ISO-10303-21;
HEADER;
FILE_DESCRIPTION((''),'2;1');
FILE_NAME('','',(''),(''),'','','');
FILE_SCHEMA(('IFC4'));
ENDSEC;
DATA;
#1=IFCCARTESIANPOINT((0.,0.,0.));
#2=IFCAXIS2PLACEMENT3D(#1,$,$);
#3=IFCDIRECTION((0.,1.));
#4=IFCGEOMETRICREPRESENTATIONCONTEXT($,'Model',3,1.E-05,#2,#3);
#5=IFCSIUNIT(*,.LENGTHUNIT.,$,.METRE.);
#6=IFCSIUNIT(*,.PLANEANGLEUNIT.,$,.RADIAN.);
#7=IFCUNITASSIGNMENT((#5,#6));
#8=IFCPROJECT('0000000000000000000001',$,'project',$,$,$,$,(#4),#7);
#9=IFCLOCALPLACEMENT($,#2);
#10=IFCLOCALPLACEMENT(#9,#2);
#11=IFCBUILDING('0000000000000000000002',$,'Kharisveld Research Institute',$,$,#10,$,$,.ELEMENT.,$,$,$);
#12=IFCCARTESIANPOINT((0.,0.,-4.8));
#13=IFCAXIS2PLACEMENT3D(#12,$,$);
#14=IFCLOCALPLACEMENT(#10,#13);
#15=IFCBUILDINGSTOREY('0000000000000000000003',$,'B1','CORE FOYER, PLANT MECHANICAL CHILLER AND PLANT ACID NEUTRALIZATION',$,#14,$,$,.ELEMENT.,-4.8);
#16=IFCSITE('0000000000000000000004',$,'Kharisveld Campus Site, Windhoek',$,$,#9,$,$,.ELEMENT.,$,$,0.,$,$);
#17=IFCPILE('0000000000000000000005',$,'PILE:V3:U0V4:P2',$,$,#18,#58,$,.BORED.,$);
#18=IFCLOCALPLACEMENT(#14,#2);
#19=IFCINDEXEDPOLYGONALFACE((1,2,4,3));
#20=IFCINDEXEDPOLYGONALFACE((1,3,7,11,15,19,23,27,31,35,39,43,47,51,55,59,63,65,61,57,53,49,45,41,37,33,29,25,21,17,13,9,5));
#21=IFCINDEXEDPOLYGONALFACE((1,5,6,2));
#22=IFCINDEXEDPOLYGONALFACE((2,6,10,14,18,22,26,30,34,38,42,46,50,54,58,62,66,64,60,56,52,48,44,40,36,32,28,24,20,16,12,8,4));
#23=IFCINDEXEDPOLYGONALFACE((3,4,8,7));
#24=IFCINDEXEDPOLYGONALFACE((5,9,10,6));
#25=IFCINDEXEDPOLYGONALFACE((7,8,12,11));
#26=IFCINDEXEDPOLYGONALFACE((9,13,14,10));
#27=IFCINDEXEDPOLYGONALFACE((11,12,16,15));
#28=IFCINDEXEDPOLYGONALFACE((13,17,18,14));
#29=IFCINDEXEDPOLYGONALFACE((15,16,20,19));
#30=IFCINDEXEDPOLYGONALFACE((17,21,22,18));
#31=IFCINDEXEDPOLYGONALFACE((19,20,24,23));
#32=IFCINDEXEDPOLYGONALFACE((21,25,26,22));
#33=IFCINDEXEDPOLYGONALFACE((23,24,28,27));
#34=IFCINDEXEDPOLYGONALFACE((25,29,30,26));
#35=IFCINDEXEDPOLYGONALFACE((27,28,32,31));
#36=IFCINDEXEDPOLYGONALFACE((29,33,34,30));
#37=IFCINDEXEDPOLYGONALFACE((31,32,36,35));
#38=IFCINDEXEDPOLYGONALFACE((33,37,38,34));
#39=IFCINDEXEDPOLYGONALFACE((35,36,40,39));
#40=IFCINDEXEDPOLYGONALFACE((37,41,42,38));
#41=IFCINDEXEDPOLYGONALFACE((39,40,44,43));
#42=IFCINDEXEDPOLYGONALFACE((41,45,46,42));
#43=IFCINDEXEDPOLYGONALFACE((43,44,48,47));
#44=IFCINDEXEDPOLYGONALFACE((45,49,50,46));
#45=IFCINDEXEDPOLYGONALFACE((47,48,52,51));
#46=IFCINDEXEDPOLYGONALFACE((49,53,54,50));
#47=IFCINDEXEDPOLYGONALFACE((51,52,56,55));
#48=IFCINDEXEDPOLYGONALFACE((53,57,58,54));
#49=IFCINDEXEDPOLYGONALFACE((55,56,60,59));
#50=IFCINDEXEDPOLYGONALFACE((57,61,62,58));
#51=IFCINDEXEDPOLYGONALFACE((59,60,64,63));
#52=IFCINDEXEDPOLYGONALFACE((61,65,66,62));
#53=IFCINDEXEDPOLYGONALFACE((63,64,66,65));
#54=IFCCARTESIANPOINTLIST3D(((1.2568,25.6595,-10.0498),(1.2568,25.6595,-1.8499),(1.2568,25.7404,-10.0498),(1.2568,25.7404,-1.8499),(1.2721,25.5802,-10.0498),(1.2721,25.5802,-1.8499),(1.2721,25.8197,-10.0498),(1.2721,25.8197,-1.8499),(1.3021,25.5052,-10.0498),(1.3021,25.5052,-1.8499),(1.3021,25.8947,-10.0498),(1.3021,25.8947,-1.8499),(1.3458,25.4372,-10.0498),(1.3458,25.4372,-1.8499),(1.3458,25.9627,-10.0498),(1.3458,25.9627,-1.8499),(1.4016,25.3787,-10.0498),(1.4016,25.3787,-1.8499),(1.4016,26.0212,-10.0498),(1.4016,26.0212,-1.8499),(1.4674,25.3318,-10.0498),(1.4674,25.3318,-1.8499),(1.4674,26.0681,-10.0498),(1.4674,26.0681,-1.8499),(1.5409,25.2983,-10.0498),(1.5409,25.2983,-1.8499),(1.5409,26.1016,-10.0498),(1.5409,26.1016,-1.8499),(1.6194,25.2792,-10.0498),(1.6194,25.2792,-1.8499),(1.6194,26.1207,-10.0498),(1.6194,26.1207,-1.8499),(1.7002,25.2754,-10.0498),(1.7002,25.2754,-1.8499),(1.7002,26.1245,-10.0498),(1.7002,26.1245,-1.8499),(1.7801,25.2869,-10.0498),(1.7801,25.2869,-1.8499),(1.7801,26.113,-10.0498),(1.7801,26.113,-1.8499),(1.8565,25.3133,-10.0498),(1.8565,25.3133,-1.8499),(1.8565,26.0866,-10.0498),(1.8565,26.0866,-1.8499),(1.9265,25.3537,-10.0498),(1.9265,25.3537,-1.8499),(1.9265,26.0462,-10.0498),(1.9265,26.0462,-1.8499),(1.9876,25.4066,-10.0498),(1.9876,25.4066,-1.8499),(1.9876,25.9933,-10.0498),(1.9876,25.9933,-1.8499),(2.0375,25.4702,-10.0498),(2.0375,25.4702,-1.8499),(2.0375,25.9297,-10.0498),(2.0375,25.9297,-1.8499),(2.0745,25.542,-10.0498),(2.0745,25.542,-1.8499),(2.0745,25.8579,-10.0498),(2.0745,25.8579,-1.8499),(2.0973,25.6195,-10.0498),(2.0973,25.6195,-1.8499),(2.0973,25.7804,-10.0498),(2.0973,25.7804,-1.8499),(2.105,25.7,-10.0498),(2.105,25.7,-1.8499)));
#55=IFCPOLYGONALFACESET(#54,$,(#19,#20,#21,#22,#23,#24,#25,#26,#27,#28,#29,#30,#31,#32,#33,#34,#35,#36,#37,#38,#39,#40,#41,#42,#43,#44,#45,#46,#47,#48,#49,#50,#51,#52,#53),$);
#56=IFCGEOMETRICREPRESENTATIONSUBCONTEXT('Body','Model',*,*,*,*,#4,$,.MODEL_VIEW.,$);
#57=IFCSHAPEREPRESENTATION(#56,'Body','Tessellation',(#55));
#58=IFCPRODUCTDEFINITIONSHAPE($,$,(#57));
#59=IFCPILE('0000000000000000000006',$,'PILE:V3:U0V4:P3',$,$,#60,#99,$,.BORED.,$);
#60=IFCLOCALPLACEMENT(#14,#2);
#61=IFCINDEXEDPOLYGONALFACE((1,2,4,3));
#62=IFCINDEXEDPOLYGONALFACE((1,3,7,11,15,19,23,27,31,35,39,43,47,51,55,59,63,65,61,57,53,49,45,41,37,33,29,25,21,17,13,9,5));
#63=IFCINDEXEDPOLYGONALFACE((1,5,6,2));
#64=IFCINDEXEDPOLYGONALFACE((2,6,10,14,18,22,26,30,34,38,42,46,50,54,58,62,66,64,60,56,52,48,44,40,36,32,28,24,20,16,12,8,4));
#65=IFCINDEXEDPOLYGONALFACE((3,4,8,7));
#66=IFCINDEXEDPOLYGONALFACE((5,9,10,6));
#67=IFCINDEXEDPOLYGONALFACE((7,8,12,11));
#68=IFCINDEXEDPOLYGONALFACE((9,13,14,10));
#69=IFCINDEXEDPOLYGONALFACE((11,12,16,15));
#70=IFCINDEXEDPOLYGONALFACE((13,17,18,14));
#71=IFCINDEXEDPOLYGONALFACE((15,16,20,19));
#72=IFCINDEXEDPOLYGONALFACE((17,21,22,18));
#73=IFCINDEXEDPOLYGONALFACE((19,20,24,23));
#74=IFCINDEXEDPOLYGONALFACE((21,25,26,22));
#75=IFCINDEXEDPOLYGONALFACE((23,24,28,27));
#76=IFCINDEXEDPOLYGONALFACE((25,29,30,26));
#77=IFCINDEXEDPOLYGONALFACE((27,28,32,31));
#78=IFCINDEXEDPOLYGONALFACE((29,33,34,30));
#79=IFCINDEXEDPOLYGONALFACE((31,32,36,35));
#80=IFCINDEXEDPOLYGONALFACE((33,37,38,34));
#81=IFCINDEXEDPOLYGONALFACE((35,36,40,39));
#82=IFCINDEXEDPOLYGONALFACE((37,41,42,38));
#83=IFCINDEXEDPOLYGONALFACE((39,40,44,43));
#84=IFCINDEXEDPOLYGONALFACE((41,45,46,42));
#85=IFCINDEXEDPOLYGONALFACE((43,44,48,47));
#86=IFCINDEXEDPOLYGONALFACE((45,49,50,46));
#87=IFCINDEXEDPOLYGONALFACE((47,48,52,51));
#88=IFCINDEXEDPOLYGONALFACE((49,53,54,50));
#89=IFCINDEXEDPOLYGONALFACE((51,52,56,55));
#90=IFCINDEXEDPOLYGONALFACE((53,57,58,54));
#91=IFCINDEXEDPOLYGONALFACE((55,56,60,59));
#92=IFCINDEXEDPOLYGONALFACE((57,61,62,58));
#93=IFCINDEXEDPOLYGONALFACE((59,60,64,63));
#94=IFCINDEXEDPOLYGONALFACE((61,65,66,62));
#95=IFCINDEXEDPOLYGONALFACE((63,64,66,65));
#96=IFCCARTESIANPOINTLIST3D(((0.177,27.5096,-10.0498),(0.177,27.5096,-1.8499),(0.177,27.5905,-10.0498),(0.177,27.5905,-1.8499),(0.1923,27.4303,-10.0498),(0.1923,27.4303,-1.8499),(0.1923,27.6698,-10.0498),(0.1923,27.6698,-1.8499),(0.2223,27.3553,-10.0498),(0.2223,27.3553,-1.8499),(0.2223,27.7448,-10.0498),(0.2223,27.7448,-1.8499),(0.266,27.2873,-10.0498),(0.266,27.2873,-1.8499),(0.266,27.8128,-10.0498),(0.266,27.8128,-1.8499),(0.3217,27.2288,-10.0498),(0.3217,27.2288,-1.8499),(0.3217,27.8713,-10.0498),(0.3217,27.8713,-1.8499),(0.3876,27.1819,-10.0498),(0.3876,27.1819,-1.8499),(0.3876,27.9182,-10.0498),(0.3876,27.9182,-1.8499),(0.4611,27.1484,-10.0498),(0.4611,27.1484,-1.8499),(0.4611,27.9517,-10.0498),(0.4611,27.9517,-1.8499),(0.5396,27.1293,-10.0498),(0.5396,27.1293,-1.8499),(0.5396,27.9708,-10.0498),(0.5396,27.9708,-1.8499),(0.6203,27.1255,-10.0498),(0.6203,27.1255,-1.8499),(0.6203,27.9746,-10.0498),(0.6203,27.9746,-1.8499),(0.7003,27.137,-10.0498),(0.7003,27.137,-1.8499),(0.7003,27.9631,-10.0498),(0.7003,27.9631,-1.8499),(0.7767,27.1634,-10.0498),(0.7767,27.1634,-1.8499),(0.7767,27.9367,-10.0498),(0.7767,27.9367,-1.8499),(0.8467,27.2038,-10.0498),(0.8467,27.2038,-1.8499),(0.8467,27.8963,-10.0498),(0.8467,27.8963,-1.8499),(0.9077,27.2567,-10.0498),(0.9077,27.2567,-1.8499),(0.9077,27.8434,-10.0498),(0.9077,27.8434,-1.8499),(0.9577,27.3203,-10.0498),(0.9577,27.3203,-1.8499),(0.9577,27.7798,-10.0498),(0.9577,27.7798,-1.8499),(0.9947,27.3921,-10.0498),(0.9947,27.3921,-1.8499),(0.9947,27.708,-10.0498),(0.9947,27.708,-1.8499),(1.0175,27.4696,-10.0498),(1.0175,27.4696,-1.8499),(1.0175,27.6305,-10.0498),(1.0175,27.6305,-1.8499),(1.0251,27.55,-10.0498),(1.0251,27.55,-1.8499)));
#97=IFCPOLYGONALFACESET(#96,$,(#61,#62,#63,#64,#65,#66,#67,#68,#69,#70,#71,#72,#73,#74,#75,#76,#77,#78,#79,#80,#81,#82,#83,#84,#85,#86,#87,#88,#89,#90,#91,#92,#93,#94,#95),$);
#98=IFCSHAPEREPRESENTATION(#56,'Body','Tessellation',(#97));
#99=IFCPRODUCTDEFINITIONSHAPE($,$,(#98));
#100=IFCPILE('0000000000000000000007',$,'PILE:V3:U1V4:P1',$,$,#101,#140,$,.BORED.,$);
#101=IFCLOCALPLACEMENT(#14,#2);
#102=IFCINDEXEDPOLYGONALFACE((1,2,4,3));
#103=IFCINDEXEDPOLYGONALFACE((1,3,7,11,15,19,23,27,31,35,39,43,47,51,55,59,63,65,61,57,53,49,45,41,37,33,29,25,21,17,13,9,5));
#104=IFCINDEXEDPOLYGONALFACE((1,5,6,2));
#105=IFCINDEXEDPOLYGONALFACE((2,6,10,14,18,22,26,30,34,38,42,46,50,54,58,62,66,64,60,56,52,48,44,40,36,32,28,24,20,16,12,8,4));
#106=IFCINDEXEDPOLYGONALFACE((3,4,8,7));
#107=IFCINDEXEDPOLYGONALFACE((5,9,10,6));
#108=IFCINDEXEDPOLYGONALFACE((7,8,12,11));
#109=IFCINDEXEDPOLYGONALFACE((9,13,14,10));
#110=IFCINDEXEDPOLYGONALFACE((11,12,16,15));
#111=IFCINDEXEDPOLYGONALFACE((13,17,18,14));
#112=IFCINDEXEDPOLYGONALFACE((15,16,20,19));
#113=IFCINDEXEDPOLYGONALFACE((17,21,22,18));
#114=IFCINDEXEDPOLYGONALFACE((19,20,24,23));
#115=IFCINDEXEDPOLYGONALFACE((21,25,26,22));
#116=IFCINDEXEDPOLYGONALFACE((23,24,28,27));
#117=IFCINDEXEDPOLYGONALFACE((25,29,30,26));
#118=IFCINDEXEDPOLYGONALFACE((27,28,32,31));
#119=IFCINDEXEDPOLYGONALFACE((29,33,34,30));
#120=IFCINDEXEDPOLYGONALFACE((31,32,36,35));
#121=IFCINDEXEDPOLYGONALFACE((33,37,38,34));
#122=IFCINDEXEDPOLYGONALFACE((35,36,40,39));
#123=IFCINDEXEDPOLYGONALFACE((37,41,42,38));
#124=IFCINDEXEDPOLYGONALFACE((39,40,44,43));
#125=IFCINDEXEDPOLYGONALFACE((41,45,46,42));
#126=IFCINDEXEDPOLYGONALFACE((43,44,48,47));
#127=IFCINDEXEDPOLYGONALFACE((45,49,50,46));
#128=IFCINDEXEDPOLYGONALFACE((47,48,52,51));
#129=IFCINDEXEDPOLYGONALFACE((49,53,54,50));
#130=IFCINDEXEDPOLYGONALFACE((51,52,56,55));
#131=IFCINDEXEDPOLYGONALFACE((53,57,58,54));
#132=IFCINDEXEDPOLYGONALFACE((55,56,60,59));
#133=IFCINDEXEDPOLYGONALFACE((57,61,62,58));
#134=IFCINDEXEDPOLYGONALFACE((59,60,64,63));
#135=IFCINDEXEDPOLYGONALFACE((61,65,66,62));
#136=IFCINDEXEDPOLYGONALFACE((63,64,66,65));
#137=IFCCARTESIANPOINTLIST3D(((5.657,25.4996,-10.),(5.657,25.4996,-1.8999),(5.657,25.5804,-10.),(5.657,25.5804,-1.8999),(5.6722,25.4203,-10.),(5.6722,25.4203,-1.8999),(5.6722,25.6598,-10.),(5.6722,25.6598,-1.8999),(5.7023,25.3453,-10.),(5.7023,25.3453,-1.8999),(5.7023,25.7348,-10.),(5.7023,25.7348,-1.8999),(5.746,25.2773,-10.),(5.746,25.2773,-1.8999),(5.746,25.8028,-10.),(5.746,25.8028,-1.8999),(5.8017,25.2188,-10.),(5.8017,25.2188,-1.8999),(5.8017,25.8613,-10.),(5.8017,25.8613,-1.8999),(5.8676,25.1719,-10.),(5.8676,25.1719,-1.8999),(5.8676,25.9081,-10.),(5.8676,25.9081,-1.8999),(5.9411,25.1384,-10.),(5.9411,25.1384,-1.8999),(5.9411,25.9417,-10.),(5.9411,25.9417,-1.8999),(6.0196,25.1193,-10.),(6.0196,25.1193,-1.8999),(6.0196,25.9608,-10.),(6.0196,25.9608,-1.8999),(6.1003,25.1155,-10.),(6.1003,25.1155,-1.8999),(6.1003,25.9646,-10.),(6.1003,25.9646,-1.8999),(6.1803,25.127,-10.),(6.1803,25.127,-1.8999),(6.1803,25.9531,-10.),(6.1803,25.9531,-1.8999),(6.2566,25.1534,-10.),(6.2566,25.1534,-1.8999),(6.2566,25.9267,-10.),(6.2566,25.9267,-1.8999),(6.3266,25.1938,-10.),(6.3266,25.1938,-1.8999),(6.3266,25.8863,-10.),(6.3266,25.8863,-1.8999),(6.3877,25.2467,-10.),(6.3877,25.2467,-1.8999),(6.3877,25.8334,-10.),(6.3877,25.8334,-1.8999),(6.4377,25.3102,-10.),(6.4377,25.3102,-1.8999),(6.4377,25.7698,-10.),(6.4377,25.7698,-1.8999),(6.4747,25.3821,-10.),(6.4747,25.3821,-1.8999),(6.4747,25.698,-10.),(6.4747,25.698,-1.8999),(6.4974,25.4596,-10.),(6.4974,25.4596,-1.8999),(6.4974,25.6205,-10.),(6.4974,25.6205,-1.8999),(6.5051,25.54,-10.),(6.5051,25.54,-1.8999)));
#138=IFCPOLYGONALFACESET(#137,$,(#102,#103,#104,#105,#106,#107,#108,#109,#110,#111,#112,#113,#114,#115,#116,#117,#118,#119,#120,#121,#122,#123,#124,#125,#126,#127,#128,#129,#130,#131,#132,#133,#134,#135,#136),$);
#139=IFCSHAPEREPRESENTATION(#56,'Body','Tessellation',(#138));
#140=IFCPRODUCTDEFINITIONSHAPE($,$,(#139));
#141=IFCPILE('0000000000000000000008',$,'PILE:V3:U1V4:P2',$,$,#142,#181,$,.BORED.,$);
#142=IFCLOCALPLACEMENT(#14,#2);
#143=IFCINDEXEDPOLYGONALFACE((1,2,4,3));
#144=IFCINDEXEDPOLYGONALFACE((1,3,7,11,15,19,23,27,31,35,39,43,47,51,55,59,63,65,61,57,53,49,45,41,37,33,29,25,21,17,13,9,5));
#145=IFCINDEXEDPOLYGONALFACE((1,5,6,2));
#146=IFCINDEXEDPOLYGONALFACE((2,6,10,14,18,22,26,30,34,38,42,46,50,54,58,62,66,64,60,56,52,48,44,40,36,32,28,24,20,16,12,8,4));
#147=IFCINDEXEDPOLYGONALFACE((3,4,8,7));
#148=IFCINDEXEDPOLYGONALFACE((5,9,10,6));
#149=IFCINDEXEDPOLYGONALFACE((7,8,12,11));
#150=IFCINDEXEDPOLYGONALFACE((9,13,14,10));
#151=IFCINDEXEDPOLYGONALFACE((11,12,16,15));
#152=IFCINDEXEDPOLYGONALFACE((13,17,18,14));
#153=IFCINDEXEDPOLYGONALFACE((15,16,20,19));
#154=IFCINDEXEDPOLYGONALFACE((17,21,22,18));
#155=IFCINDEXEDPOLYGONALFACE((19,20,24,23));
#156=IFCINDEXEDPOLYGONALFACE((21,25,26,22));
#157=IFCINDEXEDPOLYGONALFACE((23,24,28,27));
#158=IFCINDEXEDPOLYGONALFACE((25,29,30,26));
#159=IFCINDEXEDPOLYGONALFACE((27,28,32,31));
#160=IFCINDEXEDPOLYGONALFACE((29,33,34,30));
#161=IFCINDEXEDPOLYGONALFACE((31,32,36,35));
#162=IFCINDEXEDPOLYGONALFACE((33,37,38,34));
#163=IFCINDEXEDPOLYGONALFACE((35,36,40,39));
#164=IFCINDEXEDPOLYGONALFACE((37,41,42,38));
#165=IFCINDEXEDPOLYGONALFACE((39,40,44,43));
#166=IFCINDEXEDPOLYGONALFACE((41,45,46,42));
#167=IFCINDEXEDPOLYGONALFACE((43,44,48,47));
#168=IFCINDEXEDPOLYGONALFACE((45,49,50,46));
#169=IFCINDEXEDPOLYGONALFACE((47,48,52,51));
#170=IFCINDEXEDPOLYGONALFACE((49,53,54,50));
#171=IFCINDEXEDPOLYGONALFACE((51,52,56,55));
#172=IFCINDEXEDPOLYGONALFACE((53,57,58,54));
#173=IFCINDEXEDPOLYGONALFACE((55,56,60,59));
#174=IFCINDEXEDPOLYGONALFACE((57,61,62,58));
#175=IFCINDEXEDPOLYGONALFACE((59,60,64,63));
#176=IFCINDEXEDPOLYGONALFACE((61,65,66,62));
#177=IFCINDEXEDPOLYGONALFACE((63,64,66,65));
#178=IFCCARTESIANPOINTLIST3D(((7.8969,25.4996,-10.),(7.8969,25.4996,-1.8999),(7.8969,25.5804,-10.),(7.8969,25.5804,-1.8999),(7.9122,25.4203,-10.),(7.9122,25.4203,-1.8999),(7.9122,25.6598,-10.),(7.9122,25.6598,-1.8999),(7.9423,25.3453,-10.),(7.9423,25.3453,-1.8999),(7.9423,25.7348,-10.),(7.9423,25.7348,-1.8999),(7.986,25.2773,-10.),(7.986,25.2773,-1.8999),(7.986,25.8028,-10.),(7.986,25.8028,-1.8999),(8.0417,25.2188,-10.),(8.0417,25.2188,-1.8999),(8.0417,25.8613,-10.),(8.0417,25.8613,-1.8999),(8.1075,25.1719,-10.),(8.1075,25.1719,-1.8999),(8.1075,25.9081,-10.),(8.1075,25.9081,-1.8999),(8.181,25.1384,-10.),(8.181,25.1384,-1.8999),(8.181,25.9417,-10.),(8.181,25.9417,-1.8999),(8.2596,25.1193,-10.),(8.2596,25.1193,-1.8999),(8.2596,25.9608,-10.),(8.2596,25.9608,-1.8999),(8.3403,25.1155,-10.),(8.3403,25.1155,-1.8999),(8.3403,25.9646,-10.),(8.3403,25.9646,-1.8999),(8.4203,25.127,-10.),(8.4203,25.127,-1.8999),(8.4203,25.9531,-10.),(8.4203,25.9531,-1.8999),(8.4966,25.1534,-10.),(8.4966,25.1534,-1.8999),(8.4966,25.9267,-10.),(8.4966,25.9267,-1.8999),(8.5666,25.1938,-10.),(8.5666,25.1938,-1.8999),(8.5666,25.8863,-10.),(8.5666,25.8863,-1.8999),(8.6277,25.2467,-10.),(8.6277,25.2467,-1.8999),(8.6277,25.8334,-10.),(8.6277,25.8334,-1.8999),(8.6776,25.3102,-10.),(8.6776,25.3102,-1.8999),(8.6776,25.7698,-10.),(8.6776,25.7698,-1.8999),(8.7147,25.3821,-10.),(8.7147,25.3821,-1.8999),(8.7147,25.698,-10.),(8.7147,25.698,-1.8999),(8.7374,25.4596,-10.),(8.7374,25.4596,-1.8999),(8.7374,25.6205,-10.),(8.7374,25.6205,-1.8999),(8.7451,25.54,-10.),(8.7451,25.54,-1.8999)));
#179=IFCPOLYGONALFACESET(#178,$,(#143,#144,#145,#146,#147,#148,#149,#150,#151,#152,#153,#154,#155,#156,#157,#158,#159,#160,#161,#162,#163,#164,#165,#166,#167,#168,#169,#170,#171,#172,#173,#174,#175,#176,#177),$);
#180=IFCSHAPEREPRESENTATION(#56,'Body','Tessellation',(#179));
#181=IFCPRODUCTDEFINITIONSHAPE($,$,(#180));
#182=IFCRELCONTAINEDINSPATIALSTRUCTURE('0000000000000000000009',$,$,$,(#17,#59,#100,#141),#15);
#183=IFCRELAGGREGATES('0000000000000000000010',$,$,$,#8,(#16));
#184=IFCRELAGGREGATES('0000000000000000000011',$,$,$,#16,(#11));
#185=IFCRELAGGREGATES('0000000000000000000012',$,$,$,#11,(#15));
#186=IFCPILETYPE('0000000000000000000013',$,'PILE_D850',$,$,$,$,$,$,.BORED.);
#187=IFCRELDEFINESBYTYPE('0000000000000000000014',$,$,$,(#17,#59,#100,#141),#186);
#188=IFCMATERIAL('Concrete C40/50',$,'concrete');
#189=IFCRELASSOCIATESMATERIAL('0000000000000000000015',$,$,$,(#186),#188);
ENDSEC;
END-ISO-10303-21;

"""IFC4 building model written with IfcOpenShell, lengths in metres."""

from ifc_helpers import new_model, si_unit, direction, frame, origin, origin_2d, place, context, subcontext, project, spatial, circle, extrude, material, material_profile, profile_set, type_object, element, save


model = new_model("IFC4")

# Units and contexts
model_context = context("Model", 3, precision=1e-05, world=origin(), true_north=direction((0.0, 1.0)))
body_context = subcontext(model_context, "Body", "Model", "MODEL_VIEW")
ifc_project = project(units=[si_unit("LENGTHUNIT", "METRE"), si_unit("PLANEANGLEUNIT", "RADIAN")], contexts=[model_context])

# Site, building, storey
site_placement = place(None, origin())
site = spatial("IfcSite", under=ifc_project, at=site_placement, Name="Kharisveld Campus Site, Windhoek", CompositionType="ELEMENT", RefElevation=0.0)
building_placement = place(site_placement, origin())
building = spatial("IfcBuilding", under=site, at=building_placement, Name="Kharisveld Research Institute", CompositionType="ELEMENT")
storey_placement = place(building_placement, frame((0.0, 0.0, -4.8)))
storey = spatial("IfcBuildingStorey", under=building, at=storey_placement, Name="B1", Description="CORE FOYER, PLANT MECHANICAL CHILLER AND PLANT ACID NEUTRALIZATION", CompositionType="ELEMENT", Elevation=-4.8)

# Piles
ifc_material_1 = material(Name="Concrete C40/50", Category="concrete")
ifc_material_profile_1 = material_profile(ifc_material_1, circle(Radius=0.425, at=origin_2d()))
ifc_profile_set_1 = profile_set([ifc_material_profile_1], Name="Concrete C40/50")
pile_type_1 = type_object("IfcPileType", Name="PILE_D850", PredefinedType="BORED", material=ifc_profile_set_1)
for number, where, z_axis, x_axis, name in (
    (1, (1.6799, 25.7, -1.8499), (0.0, 0.0, -1.0), (1.0, 0.0, 0.0), "PILE:V3:U0V4:P2"),
    (2, (0.6001, 27.55, -1.8499), (0.0, 0.0, -1.0), (1.0, 0.0, 0.0), "PILE:V3:U0V4:P3"),
):
    element("IfcPile", number, at=place(storey_placement, frame(where, z_axis=z_axis, x_axis=x_axis)), inside=storey, type_object=pile_type_1, Name=name, PredefinedType="BORED", context=body_context, shape_type="SweptSolid", body=[
        extrude(circle(Radius=0.425, at=origin_2d()), origin(), (0.0, 0.0, 1.0), 8.2),
    ])
for number, where, z_axis, x_axis, name in (
    (3, (6.0801, 25.54, -1.8999), (0.0, 0.0, -1.0), (1.0, 0.0, 0.0), "PILE:V3:U1V4:P1"),
    (4, (8.3201, 25.54, -1.8999), (0.0, 0.0, -1.0), (1.0, 0.0, 0.0), "PILE:V3:U1V4:P2"),
):
    element("IfcPile", number, at=place(storey_placement, frame(where, z_axis=z_axis, x_axis=x_axis)), inside=storey, type_object=pile_type_1, Name=name, PredefinedType="BORED", context=body_context, shape_type="SweptSolid", body=[
        extrude(circle(Radius=0.425, at=origin_2d()), origin(), (0.0, 0.0, 1.0), 8.1001),
    ])

save(model, "model.ifc")
